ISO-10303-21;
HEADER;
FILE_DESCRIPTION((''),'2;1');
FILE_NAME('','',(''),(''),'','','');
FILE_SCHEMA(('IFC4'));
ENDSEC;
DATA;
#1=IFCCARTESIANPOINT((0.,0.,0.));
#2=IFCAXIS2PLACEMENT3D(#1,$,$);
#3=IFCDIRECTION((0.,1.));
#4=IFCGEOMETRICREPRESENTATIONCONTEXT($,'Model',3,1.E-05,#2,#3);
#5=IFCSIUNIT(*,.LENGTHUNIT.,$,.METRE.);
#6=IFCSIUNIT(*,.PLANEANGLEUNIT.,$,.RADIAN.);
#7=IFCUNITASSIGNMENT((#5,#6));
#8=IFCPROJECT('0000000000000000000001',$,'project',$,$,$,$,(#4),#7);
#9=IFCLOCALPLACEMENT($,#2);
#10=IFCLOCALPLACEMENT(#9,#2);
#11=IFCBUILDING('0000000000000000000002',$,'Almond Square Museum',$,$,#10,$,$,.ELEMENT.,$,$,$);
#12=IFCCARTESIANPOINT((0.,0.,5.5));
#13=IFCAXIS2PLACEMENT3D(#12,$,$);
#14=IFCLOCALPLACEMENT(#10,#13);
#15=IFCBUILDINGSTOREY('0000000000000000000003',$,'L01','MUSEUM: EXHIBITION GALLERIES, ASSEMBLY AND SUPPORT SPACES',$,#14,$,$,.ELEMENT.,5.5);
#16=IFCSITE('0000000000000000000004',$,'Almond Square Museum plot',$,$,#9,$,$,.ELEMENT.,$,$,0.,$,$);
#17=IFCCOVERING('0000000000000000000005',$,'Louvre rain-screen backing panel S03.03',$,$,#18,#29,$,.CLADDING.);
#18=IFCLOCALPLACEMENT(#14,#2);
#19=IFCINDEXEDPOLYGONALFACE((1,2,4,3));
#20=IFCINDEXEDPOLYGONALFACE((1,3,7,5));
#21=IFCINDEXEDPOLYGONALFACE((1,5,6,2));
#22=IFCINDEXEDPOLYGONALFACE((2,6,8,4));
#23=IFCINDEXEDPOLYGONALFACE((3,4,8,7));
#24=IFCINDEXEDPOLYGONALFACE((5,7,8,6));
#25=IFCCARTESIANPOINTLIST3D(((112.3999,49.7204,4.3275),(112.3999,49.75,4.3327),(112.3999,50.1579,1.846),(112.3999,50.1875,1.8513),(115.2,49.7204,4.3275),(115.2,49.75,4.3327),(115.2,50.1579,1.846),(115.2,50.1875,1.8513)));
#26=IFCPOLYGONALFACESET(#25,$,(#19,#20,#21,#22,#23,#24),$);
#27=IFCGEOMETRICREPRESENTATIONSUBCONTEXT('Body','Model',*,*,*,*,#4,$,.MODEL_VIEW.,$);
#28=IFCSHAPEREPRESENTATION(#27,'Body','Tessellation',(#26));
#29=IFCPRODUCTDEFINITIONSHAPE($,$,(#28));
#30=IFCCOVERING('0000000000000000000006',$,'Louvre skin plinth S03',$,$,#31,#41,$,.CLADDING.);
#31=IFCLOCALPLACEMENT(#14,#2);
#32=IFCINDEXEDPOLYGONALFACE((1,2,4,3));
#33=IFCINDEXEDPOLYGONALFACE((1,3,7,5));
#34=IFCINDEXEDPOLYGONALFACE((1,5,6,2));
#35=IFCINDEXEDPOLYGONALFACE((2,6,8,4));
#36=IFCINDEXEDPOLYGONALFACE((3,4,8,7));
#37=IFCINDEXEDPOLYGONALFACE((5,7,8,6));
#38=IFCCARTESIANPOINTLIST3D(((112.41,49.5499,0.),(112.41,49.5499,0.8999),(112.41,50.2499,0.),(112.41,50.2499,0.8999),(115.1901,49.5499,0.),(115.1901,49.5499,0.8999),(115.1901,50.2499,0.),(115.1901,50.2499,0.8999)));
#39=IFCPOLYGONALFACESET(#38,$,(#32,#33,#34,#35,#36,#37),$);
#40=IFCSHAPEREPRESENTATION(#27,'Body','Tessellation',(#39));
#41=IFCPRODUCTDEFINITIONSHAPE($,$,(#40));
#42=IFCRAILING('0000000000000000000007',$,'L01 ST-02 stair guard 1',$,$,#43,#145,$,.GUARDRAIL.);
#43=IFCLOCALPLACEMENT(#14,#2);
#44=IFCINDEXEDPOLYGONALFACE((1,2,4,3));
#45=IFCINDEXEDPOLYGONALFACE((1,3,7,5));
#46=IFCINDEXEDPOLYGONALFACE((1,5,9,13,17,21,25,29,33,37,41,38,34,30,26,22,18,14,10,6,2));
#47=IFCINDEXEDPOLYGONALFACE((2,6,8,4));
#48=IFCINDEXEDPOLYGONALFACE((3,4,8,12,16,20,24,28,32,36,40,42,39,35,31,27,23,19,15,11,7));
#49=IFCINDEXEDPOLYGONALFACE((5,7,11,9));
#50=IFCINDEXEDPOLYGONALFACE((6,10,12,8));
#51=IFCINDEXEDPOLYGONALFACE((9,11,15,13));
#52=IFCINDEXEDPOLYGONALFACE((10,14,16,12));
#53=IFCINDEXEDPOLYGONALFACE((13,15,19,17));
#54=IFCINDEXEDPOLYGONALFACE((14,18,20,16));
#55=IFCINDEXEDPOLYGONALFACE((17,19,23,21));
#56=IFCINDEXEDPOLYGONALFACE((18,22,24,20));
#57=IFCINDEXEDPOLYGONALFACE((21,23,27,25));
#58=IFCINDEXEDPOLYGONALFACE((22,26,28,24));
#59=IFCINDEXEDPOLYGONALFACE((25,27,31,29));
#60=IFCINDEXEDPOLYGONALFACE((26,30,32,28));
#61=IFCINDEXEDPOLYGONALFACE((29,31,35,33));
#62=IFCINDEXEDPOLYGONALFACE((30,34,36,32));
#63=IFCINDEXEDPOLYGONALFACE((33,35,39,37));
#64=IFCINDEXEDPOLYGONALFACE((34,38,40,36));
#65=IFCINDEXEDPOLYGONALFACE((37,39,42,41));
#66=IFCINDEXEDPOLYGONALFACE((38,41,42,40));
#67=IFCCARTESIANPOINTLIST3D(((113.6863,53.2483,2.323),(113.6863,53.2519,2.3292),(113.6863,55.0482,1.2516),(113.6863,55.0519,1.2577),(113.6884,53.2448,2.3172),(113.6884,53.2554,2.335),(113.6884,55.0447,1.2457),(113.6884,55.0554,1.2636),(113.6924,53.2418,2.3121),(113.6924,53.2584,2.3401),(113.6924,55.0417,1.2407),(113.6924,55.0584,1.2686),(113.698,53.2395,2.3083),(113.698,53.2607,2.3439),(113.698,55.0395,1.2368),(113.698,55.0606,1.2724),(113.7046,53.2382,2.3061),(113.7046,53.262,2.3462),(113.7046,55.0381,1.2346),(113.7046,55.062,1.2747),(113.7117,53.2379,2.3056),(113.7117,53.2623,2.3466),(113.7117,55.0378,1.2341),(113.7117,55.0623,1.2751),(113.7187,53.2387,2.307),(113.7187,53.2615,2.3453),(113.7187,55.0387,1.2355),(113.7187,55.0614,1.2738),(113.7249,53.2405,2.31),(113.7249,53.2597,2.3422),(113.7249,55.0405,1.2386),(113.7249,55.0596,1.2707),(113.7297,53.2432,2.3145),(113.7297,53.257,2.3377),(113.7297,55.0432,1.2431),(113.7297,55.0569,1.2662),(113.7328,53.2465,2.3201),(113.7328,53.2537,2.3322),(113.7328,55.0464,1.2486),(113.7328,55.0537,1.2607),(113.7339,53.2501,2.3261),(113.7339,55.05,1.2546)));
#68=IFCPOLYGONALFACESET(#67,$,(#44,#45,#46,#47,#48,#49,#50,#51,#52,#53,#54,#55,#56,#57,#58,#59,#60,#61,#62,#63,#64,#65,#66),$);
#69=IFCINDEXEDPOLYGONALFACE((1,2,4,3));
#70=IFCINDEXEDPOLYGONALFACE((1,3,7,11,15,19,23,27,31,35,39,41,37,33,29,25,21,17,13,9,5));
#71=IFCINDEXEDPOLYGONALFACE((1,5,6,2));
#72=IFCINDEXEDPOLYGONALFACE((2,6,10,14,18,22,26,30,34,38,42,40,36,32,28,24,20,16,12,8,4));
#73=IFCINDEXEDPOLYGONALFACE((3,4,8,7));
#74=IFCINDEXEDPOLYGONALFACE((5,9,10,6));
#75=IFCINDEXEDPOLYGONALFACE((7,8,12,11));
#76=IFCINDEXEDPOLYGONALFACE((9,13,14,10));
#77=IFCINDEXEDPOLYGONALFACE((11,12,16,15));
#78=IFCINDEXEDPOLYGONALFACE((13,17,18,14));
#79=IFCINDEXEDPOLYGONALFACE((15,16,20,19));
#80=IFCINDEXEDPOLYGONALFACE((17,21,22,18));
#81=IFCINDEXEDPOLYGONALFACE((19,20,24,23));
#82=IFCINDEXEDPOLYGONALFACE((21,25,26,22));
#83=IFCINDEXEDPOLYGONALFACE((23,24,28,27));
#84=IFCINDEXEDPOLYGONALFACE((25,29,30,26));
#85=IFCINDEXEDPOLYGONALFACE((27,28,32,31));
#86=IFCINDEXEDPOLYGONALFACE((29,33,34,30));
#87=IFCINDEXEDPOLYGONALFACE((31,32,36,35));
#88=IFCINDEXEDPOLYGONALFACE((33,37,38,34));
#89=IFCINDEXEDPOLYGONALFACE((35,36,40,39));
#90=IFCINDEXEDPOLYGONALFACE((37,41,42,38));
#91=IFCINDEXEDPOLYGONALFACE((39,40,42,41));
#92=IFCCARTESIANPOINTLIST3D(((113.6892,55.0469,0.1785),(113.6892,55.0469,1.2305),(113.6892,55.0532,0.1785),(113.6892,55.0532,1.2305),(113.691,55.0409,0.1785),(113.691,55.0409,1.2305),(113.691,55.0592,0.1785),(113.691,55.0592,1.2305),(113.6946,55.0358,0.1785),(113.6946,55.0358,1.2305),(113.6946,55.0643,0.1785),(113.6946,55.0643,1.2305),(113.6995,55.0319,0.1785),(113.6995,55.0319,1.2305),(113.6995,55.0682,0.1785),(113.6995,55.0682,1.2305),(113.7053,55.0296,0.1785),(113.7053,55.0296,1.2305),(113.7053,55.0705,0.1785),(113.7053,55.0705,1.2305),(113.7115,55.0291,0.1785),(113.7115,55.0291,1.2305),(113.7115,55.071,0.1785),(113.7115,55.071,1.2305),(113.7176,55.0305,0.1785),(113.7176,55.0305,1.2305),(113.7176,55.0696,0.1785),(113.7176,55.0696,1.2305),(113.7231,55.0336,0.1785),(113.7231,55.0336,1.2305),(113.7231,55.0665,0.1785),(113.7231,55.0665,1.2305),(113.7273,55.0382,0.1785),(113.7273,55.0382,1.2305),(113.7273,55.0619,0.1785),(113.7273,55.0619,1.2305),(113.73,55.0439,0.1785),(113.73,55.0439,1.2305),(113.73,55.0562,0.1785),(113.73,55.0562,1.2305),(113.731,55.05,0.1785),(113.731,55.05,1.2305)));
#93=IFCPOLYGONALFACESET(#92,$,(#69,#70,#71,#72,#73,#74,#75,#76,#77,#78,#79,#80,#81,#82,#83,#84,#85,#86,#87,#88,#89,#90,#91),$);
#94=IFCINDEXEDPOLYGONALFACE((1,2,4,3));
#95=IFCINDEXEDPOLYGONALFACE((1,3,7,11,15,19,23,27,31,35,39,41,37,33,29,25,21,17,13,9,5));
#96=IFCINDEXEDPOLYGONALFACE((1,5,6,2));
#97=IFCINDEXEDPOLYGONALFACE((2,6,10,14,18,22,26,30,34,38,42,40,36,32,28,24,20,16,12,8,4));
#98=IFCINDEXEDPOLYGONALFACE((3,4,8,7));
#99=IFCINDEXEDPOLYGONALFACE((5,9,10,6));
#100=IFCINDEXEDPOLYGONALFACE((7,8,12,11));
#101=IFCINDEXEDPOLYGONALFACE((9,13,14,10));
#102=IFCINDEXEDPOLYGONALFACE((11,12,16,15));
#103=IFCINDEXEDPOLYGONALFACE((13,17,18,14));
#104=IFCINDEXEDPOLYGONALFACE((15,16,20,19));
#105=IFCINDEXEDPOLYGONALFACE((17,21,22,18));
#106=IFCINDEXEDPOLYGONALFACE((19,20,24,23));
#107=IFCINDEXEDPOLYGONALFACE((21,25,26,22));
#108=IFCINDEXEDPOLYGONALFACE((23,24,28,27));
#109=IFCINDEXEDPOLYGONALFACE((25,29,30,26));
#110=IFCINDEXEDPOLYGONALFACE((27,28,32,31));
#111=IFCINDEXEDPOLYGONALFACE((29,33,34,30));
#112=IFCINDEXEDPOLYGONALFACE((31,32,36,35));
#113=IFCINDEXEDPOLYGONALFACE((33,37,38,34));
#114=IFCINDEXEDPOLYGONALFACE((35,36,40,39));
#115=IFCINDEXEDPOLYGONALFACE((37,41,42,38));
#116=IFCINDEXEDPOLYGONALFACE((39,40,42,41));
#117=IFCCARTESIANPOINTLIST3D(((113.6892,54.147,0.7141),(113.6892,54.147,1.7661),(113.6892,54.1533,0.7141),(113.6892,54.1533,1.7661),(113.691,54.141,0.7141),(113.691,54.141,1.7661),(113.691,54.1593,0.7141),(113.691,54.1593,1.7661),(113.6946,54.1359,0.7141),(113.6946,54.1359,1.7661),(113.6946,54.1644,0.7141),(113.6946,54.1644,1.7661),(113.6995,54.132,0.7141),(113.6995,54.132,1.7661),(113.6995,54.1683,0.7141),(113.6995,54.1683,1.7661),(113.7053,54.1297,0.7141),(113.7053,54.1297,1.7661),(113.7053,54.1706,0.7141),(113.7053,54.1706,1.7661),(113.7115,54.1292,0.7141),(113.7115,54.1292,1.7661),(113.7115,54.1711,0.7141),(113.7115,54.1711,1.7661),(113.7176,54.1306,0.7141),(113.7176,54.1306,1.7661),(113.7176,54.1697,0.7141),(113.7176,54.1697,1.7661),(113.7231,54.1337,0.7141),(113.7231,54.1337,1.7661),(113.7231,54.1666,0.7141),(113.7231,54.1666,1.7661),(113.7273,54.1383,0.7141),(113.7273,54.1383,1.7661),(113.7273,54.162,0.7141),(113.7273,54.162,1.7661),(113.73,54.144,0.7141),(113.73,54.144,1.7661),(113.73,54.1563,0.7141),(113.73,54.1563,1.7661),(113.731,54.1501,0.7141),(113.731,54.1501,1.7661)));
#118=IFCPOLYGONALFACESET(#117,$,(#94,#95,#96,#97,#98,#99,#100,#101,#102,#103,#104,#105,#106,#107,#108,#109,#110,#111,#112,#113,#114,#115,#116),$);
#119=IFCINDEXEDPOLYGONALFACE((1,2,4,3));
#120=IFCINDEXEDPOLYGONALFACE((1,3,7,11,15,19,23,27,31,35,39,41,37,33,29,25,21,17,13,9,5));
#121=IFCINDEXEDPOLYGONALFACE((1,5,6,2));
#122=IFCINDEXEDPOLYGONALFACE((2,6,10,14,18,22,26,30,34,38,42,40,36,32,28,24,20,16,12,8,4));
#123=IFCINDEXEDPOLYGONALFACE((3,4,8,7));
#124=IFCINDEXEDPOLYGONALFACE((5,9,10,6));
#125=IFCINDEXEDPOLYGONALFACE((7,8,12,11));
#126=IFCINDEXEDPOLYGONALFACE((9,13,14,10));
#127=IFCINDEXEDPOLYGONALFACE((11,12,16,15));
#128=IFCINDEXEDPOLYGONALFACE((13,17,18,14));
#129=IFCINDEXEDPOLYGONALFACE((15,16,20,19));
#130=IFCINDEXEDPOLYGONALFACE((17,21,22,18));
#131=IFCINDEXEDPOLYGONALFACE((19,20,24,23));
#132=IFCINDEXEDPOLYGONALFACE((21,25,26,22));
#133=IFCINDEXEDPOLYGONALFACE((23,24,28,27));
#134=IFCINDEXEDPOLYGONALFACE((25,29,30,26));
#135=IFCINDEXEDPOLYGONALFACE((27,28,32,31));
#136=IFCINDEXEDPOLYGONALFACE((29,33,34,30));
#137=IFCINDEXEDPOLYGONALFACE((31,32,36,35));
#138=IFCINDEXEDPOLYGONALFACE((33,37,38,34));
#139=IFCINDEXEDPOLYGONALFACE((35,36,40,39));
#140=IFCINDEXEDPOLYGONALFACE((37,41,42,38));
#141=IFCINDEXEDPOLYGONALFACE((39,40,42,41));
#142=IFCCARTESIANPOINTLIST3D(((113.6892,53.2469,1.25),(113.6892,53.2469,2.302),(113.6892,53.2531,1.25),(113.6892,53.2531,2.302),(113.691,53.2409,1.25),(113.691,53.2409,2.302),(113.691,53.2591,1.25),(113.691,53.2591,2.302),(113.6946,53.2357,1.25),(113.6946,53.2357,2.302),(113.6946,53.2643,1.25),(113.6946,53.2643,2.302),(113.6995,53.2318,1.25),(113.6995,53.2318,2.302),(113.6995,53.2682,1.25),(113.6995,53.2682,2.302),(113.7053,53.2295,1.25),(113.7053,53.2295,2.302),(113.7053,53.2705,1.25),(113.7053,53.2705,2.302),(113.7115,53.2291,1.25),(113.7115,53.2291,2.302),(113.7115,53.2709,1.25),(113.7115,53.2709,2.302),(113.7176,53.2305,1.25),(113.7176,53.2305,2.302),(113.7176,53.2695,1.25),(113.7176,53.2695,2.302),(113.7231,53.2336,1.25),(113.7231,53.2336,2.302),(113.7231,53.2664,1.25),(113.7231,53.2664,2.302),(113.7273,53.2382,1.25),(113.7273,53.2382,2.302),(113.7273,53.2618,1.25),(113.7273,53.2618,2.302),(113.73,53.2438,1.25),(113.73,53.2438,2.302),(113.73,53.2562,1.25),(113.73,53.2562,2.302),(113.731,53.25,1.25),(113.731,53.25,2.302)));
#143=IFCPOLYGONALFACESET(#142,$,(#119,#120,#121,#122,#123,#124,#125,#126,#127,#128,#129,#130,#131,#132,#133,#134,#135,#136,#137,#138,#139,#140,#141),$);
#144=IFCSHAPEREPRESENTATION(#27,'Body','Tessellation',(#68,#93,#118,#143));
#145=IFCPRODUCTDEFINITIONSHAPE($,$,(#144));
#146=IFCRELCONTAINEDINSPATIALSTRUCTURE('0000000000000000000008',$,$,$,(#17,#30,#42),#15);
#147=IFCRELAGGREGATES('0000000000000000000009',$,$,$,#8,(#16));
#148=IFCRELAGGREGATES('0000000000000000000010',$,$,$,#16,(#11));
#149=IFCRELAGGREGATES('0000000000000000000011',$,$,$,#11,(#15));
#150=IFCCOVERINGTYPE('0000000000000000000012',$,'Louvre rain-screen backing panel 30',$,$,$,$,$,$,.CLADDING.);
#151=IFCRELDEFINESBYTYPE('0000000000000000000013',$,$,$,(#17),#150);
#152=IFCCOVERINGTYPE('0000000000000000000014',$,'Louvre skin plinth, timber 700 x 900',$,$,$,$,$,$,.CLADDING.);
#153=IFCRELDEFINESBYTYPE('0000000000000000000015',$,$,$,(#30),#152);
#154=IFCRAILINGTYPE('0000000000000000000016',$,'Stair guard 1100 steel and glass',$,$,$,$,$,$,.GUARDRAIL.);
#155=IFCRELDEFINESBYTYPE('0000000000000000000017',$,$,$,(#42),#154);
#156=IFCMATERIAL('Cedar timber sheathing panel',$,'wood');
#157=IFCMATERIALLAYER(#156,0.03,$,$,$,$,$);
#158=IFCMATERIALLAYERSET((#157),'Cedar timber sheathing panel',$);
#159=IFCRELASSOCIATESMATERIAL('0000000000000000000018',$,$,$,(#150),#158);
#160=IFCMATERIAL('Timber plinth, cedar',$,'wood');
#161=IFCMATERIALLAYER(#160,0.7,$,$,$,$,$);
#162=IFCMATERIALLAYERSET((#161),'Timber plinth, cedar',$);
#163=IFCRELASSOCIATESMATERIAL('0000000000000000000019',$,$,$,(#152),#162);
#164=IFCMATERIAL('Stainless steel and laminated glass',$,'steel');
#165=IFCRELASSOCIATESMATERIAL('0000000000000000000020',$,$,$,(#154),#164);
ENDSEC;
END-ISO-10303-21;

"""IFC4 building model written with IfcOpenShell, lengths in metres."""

from ifc_helpers import new_model, si_unit, direction, frame, origin, origin_2d, place, context, subcontext, project, spatial, polyline, rectangle, circle, outline, extrude, material, layer, layer_set, type_object, element, save


model = new_model("IFC4")

# Units and contexts
model_context = context("Model", 3, precision=1e-05, world=origin(), true_north=direction((0.0, 1.0)))
body_context = subcontext(model_context, "Body", "Model", "MODEL_VIEW")
ifc_project = project(units=[si_unit("LENGTHUNIT", "METRE"), si_unit("PLANEANGLEUNIT", "RADIAN")], contexts=[model_context])

# Site, building, storey
site_placement = place(None, origin())
site = spatial("IfcSite", under=ifc_project, at=site_placement, Name="Almond Square Museum plot", CompositionType="ELEMENT", RefElevation=0.0)
building_placement = place(site_placement, origin())
building = spatial("IfcBuilding", under=site, at=building_placement, Name="Almond Square Museum", CompositionType="ELEMENT")
storey_placement = place(building_placement, frame((0.0, 0.0, 5.5)))
storey = spatial("IfcBuildingStorey", under=building, at=storey_placement, Name="L01", Description="MUSEUM: EXHIBITION GALLERIES, ASSEMBLY AND SUPPORT SPACES", CompositionType="ELEMENT", Elevation=5.5)

# Coverings
ifc_material_1 = material(Name="Cedar timber sheathing panel", Category="wood")
ifc_layer_1 = layer(ifc_material_1, 0.03)
ifc_layer_set_1 = layer_set([ifc_layer_1], Name="Cedar timber sheathing panel")
covering_type_1 = type_object("IfcCoveringType", Name="Louvre rain-screen backing panel 30", PredefinedType="CLADDING", material=ifc_layer_set_1)
covering_1_placement = place(storey_placement, frame((112.3999, 50.1726, 1.8486), z_axis=(0.0, -0.984811, -0.173631), x_axis=(1.0, 0.0, 0.0)))
element("IfcCovering", 1, at=covering_1_placement, inside=storey, type_object=covering_type_1, Name="Louvre rain-screen backing panel S03.03", PredefinedType="CLADDING", context=body_context, shape_type="SweptSolid", body=[
    extrude(outline(polyline([(0.0, 0.0), (2.8, 0.0), (2.8, 2.5197), (0.0, 2.5197), (0.0, 0.0)])), frame((0.0, 0.0, -0.0151)), (0.0, 0.0, 1.0), 0.03),
])
ifc_material_2 = material(Name="Timber plinth, cedar", Category="wood")
ifc_layer_2 = layer(ifc_material_2, 0.7)
ifc_layer_set_2 = layer_set([ifc_layer_2], Name="Timber plinth, cedar")
covering_type_2 = type_object("IfcCoveringType", Name="Louvre skin plinth, timber 700 x 900", PredefinedType="CLADDING", material=ifc_layer_set_2)
covering_2_placement = place(storey_placement, frame((113.8, 49.8999, 0.0), z_axis=(0.0, 0.0, 1.0), x_axis=(1.0, 0.0, 0.0)))
element("IfcCovering", 2, at=covering_2_placement, inside=storey, type_object=covering_type_2, Name="Louvre skin plinth S03", PredefinedType="CLADDING", context=body_context, shape_type="SweptSolid", body=[
    extrude(rectangle(XDim=2.78, YDim=0.7, at=origin_2d()), origin(), (0.0, 0.0, 1.0), 0.8999),
])

# Railing
ifc_material_3 = material(Name="Stainless steel and laminated glass", Category="steel")
railing_type_1 = type_object("IfcRailingType", Name="Stair guard 1100 steel and glass", PredefinedType="GUARDRAIL", material=ifc_material_3)
railing_1_placement = place(storey_placement, frame((113.71, 55.05, 0.1785)))
element("IfcRailing", 3, at=railing_1_placement, inside=storey, type_object=railing_type_1, Name="L01 ST-02 stair guard 1", PredefinedType="GUARDRAIL", context=body_context, shape_type="SweptSolid", body=[
    extrude(circle(Radius=0.0239, at=origin_2d()), frame((0.0, 0.0, 1.0762), z_axis=(0.0, -0.859277, 0.51151), x_axis=(1.0, 0.0, 0.0)), (0.0, 0.0, 1.0), 2.0947),
    extrude(circle(Radius=0.021, at=origin_2d()), origin(), (0.0, 0.0, 1.0), 1.052),
    extrude(circle(Radius=0.021, at=origin_2d()), frame((0.0, -0.8999, 0.5356)), (0.0, 0.0, 1.0), 1.052),
    extrude(circle(Radius=0.021, at=origin_2d()), frame((0.0, -1.8, 1.0715)), (0.0, 0.0, 1.0), 1.052),
])

save(model, "model.ifc")
